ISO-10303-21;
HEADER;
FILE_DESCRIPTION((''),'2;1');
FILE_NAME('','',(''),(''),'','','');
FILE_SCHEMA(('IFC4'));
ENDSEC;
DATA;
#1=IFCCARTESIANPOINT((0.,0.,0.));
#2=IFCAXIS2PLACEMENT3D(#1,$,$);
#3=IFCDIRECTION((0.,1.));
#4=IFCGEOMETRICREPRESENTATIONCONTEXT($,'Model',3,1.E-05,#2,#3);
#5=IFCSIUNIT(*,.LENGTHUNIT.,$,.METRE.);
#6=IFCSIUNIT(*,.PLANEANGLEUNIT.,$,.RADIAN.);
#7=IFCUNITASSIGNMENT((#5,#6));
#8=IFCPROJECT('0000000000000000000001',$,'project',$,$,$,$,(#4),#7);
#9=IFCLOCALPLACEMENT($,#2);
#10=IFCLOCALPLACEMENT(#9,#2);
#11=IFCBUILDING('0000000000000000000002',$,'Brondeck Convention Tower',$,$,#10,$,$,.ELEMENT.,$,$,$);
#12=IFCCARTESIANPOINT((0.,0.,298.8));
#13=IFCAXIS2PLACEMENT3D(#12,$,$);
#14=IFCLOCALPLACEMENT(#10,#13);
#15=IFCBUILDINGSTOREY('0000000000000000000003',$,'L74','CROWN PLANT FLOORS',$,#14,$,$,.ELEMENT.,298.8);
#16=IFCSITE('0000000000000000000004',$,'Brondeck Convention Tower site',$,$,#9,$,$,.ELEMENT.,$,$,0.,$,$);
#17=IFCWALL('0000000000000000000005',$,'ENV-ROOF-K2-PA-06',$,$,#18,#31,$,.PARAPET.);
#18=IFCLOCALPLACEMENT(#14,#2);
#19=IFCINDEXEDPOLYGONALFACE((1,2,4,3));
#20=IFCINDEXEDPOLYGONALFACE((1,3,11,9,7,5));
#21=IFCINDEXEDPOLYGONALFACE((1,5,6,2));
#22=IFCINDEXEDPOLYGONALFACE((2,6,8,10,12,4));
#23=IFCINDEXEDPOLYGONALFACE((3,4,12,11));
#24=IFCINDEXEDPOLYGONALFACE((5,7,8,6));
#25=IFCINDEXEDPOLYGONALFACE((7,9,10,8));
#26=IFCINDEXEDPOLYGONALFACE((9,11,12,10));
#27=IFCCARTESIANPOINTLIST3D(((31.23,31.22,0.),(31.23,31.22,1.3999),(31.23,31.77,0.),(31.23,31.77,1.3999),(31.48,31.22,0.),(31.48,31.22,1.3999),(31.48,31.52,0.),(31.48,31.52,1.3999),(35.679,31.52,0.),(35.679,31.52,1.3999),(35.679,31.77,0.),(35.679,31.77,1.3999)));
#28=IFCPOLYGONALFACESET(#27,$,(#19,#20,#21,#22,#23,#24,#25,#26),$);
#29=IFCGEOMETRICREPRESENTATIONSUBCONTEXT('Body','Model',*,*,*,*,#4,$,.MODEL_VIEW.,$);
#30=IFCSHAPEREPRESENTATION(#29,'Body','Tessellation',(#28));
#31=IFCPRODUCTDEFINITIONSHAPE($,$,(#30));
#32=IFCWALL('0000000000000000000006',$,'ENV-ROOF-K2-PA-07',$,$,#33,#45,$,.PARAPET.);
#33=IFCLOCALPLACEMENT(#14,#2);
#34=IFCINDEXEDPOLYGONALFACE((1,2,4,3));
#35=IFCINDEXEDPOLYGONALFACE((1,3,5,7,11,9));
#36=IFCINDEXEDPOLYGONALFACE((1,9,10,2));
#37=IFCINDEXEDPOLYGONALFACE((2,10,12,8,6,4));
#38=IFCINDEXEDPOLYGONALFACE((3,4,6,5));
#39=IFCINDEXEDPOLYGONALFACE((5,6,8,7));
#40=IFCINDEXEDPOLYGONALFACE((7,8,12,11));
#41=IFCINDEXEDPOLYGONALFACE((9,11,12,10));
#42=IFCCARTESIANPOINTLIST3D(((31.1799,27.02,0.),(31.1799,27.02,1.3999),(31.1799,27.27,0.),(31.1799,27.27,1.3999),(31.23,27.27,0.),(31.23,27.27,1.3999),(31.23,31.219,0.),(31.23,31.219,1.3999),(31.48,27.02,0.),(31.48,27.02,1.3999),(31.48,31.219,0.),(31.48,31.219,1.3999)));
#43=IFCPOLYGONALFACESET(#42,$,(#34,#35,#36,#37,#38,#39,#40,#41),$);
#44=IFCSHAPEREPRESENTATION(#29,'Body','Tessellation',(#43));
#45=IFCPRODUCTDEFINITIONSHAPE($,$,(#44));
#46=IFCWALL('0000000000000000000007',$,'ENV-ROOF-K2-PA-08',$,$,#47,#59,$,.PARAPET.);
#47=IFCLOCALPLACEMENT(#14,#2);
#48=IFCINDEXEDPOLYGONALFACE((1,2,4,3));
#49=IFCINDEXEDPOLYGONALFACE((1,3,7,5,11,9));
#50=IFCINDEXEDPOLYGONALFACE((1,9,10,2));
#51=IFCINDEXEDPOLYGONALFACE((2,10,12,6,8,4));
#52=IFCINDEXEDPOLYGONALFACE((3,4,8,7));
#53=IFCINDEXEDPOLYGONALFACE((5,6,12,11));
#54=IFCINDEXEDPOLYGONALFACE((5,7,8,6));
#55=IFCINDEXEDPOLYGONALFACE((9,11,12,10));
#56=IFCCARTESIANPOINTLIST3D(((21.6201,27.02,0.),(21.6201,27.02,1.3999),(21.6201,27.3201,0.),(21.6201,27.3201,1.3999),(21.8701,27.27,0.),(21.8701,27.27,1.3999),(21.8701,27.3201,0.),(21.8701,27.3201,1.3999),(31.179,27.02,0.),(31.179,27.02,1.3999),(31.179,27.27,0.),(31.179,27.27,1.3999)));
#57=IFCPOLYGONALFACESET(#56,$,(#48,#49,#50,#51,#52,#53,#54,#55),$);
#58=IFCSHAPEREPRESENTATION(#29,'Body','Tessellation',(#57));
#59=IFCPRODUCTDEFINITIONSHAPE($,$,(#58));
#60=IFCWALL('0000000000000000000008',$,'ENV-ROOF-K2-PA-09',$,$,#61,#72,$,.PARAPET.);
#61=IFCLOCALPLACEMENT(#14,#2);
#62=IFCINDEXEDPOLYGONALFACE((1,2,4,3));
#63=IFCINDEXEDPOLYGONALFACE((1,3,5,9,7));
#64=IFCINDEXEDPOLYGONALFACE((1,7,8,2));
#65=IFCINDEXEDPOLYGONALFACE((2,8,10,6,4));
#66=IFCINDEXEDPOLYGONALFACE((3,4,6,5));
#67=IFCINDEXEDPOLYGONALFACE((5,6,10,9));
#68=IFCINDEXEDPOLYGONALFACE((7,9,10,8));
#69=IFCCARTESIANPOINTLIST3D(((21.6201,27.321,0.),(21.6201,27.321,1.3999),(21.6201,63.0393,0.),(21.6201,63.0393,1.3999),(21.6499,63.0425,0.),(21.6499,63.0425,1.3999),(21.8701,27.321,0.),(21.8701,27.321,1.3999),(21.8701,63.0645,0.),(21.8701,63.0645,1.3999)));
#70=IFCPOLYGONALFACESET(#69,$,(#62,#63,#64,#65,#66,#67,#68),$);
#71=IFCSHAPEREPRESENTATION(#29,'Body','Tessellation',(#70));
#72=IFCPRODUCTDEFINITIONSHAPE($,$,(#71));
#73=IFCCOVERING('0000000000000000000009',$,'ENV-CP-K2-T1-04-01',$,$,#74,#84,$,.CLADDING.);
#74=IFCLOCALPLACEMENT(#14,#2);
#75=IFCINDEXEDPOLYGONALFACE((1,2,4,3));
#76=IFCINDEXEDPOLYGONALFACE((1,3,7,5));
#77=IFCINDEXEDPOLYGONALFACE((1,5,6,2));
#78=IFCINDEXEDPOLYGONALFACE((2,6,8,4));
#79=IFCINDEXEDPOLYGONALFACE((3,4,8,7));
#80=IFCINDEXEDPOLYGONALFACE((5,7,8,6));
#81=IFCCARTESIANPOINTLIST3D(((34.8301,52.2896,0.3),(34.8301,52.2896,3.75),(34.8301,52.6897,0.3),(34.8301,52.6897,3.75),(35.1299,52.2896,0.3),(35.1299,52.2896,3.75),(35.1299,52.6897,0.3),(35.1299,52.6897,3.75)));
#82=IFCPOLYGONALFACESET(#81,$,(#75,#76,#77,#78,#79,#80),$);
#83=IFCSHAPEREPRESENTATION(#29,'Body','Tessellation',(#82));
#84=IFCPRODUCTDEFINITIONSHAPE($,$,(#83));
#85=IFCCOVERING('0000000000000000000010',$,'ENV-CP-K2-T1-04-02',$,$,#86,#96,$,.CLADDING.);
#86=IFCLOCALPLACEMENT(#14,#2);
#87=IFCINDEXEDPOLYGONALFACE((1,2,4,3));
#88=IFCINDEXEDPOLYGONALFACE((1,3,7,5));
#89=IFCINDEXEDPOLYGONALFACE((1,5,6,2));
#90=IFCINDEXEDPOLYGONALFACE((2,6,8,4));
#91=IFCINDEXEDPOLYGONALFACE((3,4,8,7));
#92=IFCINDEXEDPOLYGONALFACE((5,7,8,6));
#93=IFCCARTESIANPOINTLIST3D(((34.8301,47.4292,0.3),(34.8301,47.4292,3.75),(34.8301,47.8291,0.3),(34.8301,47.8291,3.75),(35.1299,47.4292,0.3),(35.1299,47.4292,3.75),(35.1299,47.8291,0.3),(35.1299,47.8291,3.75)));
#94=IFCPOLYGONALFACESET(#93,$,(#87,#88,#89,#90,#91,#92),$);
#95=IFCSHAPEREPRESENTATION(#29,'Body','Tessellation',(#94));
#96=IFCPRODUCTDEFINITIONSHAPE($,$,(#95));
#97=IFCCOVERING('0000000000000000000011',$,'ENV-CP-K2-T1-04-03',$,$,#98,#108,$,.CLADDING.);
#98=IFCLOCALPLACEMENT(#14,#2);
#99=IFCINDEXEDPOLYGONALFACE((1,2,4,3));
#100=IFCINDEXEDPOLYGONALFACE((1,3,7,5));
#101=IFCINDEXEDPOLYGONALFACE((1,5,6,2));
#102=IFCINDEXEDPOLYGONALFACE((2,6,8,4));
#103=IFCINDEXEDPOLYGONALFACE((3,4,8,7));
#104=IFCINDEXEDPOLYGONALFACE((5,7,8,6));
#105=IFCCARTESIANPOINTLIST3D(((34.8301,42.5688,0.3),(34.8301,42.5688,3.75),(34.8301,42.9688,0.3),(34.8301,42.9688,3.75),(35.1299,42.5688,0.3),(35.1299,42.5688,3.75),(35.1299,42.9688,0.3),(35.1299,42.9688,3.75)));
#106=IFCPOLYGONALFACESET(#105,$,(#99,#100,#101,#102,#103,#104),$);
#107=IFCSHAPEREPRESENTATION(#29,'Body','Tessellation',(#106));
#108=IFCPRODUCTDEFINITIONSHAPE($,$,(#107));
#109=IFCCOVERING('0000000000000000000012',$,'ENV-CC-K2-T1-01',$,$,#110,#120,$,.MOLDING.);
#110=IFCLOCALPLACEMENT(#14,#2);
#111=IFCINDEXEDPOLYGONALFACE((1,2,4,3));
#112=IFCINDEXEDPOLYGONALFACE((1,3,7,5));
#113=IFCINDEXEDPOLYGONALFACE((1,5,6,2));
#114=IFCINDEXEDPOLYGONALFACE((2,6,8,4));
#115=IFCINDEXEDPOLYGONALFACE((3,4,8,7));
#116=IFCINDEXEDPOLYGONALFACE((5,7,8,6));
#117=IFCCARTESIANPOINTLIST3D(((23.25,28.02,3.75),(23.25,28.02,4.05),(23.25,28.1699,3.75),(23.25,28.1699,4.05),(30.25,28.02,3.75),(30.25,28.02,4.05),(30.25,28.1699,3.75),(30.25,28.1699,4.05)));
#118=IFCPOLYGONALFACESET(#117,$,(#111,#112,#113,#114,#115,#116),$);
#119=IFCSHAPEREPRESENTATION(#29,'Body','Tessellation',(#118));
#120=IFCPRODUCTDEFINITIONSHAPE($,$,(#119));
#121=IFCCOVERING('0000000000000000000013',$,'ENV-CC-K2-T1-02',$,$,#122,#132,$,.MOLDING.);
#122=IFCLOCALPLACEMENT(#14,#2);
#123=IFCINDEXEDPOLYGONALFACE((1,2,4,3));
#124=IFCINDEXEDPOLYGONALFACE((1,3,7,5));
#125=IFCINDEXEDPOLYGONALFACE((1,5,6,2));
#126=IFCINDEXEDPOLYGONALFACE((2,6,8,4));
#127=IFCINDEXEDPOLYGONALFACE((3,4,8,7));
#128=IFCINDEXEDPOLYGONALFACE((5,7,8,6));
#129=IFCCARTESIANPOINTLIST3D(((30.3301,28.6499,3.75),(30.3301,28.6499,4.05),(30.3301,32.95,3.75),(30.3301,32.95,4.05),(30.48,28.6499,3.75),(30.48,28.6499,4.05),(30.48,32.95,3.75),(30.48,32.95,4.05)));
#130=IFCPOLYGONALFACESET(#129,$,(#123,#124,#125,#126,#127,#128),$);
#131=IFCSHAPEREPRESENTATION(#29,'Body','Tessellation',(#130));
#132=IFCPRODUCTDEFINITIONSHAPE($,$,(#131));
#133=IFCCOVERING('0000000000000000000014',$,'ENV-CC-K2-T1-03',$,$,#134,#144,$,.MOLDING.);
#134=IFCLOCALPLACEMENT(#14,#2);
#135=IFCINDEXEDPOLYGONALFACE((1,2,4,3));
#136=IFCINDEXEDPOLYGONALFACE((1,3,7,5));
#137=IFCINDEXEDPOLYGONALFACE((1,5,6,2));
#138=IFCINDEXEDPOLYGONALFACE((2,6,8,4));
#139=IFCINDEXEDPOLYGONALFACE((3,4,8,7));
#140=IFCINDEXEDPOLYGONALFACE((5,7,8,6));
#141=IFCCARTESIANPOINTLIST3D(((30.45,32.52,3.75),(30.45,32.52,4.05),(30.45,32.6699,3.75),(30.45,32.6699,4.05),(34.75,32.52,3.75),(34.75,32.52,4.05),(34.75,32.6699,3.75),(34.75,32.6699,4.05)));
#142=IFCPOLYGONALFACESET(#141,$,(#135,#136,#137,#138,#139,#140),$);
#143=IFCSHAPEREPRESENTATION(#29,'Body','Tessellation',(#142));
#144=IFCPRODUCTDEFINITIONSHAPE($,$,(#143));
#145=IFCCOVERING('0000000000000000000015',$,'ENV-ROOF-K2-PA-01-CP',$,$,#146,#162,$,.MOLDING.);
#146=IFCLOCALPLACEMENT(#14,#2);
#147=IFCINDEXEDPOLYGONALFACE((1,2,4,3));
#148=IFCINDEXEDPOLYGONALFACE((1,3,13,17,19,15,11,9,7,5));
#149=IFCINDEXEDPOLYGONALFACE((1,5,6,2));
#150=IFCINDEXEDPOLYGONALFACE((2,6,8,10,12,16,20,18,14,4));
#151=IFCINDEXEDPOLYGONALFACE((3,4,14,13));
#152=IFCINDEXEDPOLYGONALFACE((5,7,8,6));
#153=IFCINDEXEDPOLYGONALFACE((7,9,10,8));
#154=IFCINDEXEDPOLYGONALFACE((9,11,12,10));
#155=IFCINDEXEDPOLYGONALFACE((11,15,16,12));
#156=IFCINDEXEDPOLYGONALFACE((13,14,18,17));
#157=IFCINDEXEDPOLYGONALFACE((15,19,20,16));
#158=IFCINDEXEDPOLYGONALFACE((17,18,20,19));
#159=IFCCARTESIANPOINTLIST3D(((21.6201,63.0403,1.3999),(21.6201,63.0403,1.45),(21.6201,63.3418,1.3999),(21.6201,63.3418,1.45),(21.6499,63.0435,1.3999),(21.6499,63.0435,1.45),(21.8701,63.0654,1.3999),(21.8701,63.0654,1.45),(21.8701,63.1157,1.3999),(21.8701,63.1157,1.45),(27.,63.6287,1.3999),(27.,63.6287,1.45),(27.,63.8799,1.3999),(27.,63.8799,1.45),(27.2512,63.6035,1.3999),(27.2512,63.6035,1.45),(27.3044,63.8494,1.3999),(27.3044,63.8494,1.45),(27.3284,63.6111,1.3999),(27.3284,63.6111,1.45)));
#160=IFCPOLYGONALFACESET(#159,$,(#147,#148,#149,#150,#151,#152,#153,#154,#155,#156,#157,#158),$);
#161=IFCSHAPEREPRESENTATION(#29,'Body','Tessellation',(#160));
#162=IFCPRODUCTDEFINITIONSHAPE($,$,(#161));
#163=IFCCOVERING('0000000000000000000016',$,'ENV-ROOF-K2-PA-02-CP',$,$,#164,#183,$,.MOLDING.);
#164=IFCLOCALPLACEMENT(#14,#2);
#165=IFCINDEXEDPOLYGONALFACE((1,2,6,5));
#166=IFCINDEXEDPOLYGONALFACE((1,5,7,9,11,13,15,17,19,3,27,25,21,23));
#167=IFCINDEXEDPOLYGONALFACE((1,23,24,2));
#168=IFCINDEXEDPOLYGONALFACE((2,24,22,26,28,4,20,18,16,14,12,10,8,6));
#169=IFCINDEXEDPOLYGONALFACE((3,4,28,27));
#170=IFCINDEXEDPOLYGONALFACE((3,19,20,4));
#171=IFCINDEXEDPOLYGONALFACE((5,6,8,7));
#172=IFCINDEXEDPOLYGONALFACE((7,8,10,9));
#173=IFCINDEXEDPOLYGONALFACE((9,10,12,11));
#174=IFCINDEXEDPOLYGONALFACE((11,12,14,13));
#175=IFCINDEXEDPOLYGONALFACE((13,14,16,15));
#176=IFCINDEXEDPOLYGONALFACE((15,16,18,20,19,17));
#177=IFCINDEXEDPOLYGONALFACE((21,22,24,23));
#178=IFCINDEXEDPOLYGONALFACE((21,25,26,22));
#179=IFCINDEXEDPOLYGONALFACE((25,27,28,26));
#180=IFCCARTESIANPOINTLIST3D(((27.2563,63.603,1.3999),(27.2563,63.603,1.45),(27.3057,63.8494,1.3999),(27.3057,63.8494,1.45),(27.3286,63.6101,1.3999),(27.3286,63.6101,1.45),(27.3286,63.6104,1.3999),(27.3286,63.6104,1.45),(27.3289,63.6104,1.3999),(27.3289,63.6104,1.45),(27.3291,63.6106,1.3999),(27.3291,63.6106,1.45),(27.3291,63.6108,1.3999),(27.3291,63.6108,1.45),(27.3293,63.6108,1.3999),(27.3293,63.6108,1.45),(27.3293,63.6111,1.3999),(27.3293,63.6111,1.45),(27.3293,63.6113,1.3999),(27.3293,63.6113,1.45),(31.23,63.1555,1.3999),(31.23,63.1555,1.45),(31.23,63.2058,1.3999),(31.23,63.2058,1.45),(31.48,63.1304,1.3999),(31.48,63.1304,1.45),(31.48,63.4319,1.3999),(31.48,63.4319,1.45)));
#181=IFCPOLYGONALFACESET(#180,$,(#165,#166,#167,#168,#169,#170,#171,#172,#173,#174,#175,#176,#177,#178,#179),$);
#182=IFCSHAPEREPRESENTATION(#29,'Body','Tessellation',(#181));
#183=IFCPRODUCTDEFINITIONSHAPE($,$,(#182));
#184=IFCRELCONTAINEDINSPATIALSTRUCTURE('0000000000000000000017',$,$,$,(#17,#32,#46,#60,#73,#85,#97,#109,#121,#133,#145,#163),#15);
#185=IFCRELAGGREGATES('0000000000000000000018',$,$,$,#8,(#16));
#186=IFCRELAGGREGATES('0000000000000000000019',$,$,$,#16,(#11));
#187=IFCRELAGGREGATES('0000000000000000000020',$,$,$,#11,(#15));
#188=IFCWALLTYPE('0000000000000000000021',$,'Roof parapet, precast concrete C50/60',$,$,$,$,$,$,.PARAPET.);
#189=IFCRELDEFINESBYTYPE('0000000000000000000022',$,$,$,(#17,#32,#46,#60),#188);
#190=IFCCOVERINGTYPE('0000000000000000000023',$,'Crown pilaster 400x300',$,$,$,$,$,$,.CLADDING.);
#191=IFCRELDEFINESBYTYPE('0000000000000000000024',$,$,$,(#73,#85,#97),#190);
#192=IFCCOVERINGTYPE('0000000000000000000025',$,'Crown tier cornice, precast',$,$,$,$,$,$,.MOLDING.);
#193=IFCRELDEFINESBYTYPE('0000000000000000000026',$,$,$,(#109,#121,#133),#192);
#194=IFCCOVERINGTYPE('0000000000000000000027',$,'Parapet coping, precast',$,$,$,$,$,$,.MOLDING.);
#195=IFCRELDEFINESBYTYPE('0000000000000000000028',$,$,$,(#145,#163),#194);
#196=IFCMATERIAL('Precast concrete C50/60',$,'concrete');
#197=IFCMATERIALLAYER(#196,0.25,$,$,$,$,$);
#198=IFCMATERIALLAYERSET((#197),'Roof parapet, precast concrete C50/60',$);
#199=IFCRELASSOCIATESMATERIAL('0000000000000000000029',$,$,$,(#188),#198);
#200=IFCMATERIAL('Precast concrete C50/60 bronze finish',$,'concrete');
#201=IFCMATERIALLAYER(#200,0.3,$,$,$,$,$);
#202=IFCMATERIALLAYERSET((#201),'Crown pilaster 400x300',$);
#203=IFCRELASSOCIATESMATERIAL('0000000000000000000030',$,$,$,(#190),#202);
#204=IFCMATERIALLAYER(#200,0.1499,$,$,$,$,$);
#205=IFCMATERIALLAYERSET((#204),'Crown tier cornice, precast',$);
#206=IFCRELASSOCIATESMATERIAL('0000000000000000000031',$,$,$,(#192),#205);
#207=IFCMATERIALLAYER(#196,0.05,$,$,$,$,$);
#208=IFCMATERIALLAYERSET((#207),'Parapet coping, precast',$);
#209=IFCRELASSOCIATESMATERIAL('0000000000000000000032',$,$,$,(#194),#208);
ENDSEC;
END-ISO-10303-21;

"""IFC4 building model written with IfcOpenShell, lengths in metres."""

from ifc_helpers import new_model, si_unit, direction, frame, origin, place, context, subcontext, project, spatial, polyline, outline, extrude, material, layer, layer_set, type_object, element, save


model = new_model("IFC4")

# Units and contexts
model_context = context("Model", 3, precision=1e-05, world=origin(), true_north=direction((0.0, 1.0)))
body_context = subcontext(model_context, "Body", "Model", "MODEL_VIEW")
ifc_project = project(units=[si_unit("LENGTHUNIT", "METRE"), si_unit("PLANEANGLEUNIT", "RADIAN")], contexts=[model_context])

# Site, building, storey
site_placement = place(None, origin())
site = spatial("IfcSite", under=ifc_project, at=site_placement, Name="Brondeck Convention Tower site", CompositionType="ELEMENT", RefElevation=0.0)
building_placement = place(site_placement, origin())
building = spatial("IfcBuilding", under=site, at=building_placement, Name="Brondeck Convention Tower", CompositionType="ELEMENT")
storey_placement = place(building_placement, frame((0.0, 0.0, 298.8)))
storey = spatial("IfcBuildingStorey", under=building, at=storey_placement, Name="L74", Description="CROWN PLANT FLOORS", CompositionType="ELEMENT", Elevation=298.8)

# Walls
ifc_material_1 = material(Name="Precast concrete C50/60", Category="concrete")
ifc_layer_1 = layer(ifc_material_1, 0.25)
ifc_layer_set_1 = layer_set([ifc_layer_1], Name="Roof parapet, precast concrete C50/60")
wall_type = type_object("IfcWallType", Name="Roof parapet, precast concrete C50/60", PredefinedType="PARAPET", material=ifc_layer_set_1)
wall_1_placement = place(storey_placement, origin())
element("IfcWall", 1, at=wall_1_placement, inside=storey, type_object=wall_type, Name="ENV-ROOF-K2-PA-06", PredefinedType="PARAPET", context=body_context, shape_type="SweptSolid", body=[
    extrude(outline(polyline([(31.23, 31.77), (31.23, 31.22), (31.48, 31.22), (31.48, 31.52), (35.679, 31.52), (35.679, 31.77), (31.23, 31.77)])), origin(), (0.0, 0.0, 1.0), 1.3999),
])
wall_2_placement = place(storey_placement, origin())
element("IfcWall", 2, at=wall_2_placement, inside=storey, type_object=wall_type, Name="ENV-ROOF-K2-PA-07", PredefinedType="PARAPET", context=body_context, shape_type="SweptSolid", body=[
    extrude(outline(polyline([(31.23, 27.27), (31.1799, 27.27), (31.1799, 27.02), (31.48, 27.02), (31.48, 31.219), (31.23, 31.219), (31.23, 27.27)])), origin(), (0.0, 0.0, 1.0), 1.3999),
])
wall_3_placement = place(storey_placement, origin())
element("IfcWall", 3, at=wall_3_placement, inside=storey, type_object=wall_type, Name="ENV-ROOF-K2-PA-08", PredefinedType="PARAPET", context=body_context, shape_type="SweptSolid", body=[
    extrude(outline(polyline([(21.8701, 27.27), (21.8701, 27.3201), (21.6201, 27.3201), (21.6201, 27.02), (31.179, 27.02), (31.179, 27.27), (21.8701, 27.27)])), origin(), (0.0, 0.0, 1.0), 1.3999),
])
wall_4_placement = place(storey_placement, origin())
element("IfcWall", 4, at=wall_4_placement, inside=storey, type_object=wall_type, Name="ENV-ROOF-K2-PA-09", PredefinedType="PARAPET", context=body_context, shape_type="SweptSolid", body=[
    extrude(outline(polyline([(21.8701, 27.321), (21.8701, 63.0645), (21.6499, 63.0425), (21.6201, 63.0393), (21.6201, 63.0393), (21.6201, 63.0393), (21.6201, 27.321), (21.8701, 27.321)])), origin(), (0.0, 0.0, 1.0), 1.3999),
])

# Coverings
ifc_material_2 = material(Name="Precast concrete C50/60 bronze finish", Category="concrete")
ifc_layer_2 = layer(ifc_material_2, 0.3)
ifc_layer_set_2 = layer_set([ifc_layer_2], Name="Crown pilaster 400x300")
covering_type_1 = type_object("IfcCoveringType", Name="Crown pilaster 400x300", PredefinedType="CLADDING", material=ifc_layer_set_2)
covering_1_placement = place(storey_placement, frame((0.0, 0.0, 0.3)))
element("IfcCovering", 5, at=covering_1_placement, inside=storey, type_object=covering_type_1, Name="ENV-CP-K2-T1-04-01", PredefinedType="CLADDING", context=body_context, shape_type="SweptSolid", body=[
    extrude(outline(polyline([(35.1299, 52.2896), (35.1299, 52.6897), (34.8301, 52.6897), (34.8301, 52.2896), (35.1299, 52.2896)])), origin(), (0.0, 0.0, 1.0), 3.45),
])
covering_2_placement = place(storey_placement, frame((0.0, 0.0, 0.3)))
element("IfcCovering", 6, at=covering_2_placement, inside=storey, type_object=covering_type_1, Name="ENV-CP-K2-T1-04-02", PredefinedType="CLADDING", context=body_context, shape_type="SweptSolid", body=[
    extrude(outline(polyline([(35.1299, 47.4292), (35.1299, 47.8291), (34.8301, 47.8291), (34.8301, 47.4292), (35.1299, 47.4292)])), origin(), (0.0, 0.0, 1.0), 3.45),
])
covering_3_placement = place(storey_placement, frame((0.0, 0.0, 0.3)))
element("IfcCovering", 7, at=covering_3_placement, inside=storey, type_object=covering_type_1, Name="ENV-CP-K2-T1-04-03", PredefinedType="CLADDING", context=body_context, shape_type="SweptSolid", body=[
    extrude(outline(polyline([(35.1299, 42.5688), (35.1299, 42.9688), (34.8301, 42.9688), (34.8301, 42.5688), (35.1299, 42.5688)])), origin(), (0.0, 0.0, 1.0), 3.45),
])
ifc_layer_3 = layer(ifc_material_2, 0.1499)
ifc_layer_set_3 = layer_set([ifc_layer_3], Name="Crown tier cornice, precast")
covering_type_2 = type_object("IfcCoveringType", Name="Crown tier cornice, precast", PredefinedType="MOLDING", material=ifc_layer_set_3)
covering_4_placement = place(storey_placement, frame((0.0, 0.0, 3.75)))
element("IfcCovering", 8, at=covering_4_placement, inside=storey, type_object=covering_type_2, Name="ENV-CC-K2-T1-01", PredefinedType="MOLDING", context=body_context, shape_type="SweptSolid", body=[
    extrude(outline(polyline([(23.25, 28.02), (30.25, 28.02), (30.25, 28.1699), (23.25, 28.1699), (23.25, 28.02)])), origin(), (0.0, 0.0, 1.0), 0.3),
])
covering_5_placement = place(storey_placement, frame((0.0, 0.0, 3.75)))
element("IfcCovering", 9, at=covering_5_placement, inside=storey, type_object=covering_type_2, Name="ENV-CC-K2-T1-02", PredefinedType="MOLDING", context=body_context, shape_type="SweptSolid", body=[
    extrude(outline(polyline([(30.48, 28.6499), (30.48, 32.95), (30.3301, 32.95), (30.3301, 28.6499), (30.48, 28.6499)])), origin(), (0.0, 0.0, 1.0), 0.3),
])
covering_6_placement = place(storey_placement, frame((0.0, 0.0, 3.75)))
element("IfcCovering", 10, at=covering_6_placement, inside=storey, type_object=covering_type_2, Name="ENV-CC-K2-T1-03", PredefinedType="MOLDING", context=body_context, shape_type="SweptSolid", body=[
    extrude(outline(polyline([(30.45, 32.52), (34.75, 32.52), (34.75, 32.6699), (30.45, 32.6699), (30.45, 32.52)])), origin(), (0.0, 0.0, 1.0), 0.3),
])
ifc_layer_4 = layer(ifc_material_1, 0.05)
ifc_layer_set_4 = layer_set([ifc_layer_4], Name="Parapet coping, precast")
covering_type_3 = type_object("IfcCoveringType", Name="Parapet coping, precast", PredefinedType="MOLDING", material=ifc_layer_set_4)
covering_7_placement = place(storey_placement, frame((0.0, 0.0, 1.3999)))
element("IfcCovering", 11, at=covering_7_placement, inside=storey, type_object=covering_type_3, Name="ENV-ROOF-K2-PA-01-CP", PredefinedType="MOLDING", context=body_context, shape_type="SweptSolid", body=[
    extrude(outline(polyline([(27.3284, 63.6111), (27.3044, 63.8494), (27.0, 63.8799), (21.6201, 63.3418), (21.6201, 63.0403), (21.6499, 63.0435), (21.8701, 63.0654), (21.8701, 63.1157), (27.0, 63.6287), (27.2512, 63.6035), (27.3284, 63.6111)])), origin(), (0.0, 0.0, 1.0), 0.05),
])
covering_8_placement = place(storey_placement, frame((0.0, 0.0, 1.3999)))
element("IfcCovering", 12, at=covering_8_placement, inside=storey, type_object=covering_type_3, Name="ENV-ROOF-K2-PA-02-CP", PredefinedType="MOLDING", context=body_context, shape_type="SweptSolid", body=[
    extrude(outline(polyline([(31.23, 63.2058), (31.23, 63.1555), (31.48, 63.1304), (31.48, 63.4319), (27.3057, 63.8494), (27.3293, 63.6113), (27.3293, 63.6111), (27.3293, 63.6111), (27.3293, 63.6111), (27.3293, 63.6111), (27.3293, 63.6108), (27.3291, 63.6108), (27.3291, 63.6106), (27.3291, 63.6106), (27.3291, 63.6106), (27.3291, 63.6106), (27.3289, 63.6104), (27.3289, 63.6104), (27.3286, 63.6104), (27.3286, 63.6104), (27.3286, 63.6104), (27.3286, 63.6101), (27.2563, 63.603), (31.23, 63.2058)])), origin(), (0.0, 0.0, 1.0), 0.05),
])

save(model, "model.ifc")
